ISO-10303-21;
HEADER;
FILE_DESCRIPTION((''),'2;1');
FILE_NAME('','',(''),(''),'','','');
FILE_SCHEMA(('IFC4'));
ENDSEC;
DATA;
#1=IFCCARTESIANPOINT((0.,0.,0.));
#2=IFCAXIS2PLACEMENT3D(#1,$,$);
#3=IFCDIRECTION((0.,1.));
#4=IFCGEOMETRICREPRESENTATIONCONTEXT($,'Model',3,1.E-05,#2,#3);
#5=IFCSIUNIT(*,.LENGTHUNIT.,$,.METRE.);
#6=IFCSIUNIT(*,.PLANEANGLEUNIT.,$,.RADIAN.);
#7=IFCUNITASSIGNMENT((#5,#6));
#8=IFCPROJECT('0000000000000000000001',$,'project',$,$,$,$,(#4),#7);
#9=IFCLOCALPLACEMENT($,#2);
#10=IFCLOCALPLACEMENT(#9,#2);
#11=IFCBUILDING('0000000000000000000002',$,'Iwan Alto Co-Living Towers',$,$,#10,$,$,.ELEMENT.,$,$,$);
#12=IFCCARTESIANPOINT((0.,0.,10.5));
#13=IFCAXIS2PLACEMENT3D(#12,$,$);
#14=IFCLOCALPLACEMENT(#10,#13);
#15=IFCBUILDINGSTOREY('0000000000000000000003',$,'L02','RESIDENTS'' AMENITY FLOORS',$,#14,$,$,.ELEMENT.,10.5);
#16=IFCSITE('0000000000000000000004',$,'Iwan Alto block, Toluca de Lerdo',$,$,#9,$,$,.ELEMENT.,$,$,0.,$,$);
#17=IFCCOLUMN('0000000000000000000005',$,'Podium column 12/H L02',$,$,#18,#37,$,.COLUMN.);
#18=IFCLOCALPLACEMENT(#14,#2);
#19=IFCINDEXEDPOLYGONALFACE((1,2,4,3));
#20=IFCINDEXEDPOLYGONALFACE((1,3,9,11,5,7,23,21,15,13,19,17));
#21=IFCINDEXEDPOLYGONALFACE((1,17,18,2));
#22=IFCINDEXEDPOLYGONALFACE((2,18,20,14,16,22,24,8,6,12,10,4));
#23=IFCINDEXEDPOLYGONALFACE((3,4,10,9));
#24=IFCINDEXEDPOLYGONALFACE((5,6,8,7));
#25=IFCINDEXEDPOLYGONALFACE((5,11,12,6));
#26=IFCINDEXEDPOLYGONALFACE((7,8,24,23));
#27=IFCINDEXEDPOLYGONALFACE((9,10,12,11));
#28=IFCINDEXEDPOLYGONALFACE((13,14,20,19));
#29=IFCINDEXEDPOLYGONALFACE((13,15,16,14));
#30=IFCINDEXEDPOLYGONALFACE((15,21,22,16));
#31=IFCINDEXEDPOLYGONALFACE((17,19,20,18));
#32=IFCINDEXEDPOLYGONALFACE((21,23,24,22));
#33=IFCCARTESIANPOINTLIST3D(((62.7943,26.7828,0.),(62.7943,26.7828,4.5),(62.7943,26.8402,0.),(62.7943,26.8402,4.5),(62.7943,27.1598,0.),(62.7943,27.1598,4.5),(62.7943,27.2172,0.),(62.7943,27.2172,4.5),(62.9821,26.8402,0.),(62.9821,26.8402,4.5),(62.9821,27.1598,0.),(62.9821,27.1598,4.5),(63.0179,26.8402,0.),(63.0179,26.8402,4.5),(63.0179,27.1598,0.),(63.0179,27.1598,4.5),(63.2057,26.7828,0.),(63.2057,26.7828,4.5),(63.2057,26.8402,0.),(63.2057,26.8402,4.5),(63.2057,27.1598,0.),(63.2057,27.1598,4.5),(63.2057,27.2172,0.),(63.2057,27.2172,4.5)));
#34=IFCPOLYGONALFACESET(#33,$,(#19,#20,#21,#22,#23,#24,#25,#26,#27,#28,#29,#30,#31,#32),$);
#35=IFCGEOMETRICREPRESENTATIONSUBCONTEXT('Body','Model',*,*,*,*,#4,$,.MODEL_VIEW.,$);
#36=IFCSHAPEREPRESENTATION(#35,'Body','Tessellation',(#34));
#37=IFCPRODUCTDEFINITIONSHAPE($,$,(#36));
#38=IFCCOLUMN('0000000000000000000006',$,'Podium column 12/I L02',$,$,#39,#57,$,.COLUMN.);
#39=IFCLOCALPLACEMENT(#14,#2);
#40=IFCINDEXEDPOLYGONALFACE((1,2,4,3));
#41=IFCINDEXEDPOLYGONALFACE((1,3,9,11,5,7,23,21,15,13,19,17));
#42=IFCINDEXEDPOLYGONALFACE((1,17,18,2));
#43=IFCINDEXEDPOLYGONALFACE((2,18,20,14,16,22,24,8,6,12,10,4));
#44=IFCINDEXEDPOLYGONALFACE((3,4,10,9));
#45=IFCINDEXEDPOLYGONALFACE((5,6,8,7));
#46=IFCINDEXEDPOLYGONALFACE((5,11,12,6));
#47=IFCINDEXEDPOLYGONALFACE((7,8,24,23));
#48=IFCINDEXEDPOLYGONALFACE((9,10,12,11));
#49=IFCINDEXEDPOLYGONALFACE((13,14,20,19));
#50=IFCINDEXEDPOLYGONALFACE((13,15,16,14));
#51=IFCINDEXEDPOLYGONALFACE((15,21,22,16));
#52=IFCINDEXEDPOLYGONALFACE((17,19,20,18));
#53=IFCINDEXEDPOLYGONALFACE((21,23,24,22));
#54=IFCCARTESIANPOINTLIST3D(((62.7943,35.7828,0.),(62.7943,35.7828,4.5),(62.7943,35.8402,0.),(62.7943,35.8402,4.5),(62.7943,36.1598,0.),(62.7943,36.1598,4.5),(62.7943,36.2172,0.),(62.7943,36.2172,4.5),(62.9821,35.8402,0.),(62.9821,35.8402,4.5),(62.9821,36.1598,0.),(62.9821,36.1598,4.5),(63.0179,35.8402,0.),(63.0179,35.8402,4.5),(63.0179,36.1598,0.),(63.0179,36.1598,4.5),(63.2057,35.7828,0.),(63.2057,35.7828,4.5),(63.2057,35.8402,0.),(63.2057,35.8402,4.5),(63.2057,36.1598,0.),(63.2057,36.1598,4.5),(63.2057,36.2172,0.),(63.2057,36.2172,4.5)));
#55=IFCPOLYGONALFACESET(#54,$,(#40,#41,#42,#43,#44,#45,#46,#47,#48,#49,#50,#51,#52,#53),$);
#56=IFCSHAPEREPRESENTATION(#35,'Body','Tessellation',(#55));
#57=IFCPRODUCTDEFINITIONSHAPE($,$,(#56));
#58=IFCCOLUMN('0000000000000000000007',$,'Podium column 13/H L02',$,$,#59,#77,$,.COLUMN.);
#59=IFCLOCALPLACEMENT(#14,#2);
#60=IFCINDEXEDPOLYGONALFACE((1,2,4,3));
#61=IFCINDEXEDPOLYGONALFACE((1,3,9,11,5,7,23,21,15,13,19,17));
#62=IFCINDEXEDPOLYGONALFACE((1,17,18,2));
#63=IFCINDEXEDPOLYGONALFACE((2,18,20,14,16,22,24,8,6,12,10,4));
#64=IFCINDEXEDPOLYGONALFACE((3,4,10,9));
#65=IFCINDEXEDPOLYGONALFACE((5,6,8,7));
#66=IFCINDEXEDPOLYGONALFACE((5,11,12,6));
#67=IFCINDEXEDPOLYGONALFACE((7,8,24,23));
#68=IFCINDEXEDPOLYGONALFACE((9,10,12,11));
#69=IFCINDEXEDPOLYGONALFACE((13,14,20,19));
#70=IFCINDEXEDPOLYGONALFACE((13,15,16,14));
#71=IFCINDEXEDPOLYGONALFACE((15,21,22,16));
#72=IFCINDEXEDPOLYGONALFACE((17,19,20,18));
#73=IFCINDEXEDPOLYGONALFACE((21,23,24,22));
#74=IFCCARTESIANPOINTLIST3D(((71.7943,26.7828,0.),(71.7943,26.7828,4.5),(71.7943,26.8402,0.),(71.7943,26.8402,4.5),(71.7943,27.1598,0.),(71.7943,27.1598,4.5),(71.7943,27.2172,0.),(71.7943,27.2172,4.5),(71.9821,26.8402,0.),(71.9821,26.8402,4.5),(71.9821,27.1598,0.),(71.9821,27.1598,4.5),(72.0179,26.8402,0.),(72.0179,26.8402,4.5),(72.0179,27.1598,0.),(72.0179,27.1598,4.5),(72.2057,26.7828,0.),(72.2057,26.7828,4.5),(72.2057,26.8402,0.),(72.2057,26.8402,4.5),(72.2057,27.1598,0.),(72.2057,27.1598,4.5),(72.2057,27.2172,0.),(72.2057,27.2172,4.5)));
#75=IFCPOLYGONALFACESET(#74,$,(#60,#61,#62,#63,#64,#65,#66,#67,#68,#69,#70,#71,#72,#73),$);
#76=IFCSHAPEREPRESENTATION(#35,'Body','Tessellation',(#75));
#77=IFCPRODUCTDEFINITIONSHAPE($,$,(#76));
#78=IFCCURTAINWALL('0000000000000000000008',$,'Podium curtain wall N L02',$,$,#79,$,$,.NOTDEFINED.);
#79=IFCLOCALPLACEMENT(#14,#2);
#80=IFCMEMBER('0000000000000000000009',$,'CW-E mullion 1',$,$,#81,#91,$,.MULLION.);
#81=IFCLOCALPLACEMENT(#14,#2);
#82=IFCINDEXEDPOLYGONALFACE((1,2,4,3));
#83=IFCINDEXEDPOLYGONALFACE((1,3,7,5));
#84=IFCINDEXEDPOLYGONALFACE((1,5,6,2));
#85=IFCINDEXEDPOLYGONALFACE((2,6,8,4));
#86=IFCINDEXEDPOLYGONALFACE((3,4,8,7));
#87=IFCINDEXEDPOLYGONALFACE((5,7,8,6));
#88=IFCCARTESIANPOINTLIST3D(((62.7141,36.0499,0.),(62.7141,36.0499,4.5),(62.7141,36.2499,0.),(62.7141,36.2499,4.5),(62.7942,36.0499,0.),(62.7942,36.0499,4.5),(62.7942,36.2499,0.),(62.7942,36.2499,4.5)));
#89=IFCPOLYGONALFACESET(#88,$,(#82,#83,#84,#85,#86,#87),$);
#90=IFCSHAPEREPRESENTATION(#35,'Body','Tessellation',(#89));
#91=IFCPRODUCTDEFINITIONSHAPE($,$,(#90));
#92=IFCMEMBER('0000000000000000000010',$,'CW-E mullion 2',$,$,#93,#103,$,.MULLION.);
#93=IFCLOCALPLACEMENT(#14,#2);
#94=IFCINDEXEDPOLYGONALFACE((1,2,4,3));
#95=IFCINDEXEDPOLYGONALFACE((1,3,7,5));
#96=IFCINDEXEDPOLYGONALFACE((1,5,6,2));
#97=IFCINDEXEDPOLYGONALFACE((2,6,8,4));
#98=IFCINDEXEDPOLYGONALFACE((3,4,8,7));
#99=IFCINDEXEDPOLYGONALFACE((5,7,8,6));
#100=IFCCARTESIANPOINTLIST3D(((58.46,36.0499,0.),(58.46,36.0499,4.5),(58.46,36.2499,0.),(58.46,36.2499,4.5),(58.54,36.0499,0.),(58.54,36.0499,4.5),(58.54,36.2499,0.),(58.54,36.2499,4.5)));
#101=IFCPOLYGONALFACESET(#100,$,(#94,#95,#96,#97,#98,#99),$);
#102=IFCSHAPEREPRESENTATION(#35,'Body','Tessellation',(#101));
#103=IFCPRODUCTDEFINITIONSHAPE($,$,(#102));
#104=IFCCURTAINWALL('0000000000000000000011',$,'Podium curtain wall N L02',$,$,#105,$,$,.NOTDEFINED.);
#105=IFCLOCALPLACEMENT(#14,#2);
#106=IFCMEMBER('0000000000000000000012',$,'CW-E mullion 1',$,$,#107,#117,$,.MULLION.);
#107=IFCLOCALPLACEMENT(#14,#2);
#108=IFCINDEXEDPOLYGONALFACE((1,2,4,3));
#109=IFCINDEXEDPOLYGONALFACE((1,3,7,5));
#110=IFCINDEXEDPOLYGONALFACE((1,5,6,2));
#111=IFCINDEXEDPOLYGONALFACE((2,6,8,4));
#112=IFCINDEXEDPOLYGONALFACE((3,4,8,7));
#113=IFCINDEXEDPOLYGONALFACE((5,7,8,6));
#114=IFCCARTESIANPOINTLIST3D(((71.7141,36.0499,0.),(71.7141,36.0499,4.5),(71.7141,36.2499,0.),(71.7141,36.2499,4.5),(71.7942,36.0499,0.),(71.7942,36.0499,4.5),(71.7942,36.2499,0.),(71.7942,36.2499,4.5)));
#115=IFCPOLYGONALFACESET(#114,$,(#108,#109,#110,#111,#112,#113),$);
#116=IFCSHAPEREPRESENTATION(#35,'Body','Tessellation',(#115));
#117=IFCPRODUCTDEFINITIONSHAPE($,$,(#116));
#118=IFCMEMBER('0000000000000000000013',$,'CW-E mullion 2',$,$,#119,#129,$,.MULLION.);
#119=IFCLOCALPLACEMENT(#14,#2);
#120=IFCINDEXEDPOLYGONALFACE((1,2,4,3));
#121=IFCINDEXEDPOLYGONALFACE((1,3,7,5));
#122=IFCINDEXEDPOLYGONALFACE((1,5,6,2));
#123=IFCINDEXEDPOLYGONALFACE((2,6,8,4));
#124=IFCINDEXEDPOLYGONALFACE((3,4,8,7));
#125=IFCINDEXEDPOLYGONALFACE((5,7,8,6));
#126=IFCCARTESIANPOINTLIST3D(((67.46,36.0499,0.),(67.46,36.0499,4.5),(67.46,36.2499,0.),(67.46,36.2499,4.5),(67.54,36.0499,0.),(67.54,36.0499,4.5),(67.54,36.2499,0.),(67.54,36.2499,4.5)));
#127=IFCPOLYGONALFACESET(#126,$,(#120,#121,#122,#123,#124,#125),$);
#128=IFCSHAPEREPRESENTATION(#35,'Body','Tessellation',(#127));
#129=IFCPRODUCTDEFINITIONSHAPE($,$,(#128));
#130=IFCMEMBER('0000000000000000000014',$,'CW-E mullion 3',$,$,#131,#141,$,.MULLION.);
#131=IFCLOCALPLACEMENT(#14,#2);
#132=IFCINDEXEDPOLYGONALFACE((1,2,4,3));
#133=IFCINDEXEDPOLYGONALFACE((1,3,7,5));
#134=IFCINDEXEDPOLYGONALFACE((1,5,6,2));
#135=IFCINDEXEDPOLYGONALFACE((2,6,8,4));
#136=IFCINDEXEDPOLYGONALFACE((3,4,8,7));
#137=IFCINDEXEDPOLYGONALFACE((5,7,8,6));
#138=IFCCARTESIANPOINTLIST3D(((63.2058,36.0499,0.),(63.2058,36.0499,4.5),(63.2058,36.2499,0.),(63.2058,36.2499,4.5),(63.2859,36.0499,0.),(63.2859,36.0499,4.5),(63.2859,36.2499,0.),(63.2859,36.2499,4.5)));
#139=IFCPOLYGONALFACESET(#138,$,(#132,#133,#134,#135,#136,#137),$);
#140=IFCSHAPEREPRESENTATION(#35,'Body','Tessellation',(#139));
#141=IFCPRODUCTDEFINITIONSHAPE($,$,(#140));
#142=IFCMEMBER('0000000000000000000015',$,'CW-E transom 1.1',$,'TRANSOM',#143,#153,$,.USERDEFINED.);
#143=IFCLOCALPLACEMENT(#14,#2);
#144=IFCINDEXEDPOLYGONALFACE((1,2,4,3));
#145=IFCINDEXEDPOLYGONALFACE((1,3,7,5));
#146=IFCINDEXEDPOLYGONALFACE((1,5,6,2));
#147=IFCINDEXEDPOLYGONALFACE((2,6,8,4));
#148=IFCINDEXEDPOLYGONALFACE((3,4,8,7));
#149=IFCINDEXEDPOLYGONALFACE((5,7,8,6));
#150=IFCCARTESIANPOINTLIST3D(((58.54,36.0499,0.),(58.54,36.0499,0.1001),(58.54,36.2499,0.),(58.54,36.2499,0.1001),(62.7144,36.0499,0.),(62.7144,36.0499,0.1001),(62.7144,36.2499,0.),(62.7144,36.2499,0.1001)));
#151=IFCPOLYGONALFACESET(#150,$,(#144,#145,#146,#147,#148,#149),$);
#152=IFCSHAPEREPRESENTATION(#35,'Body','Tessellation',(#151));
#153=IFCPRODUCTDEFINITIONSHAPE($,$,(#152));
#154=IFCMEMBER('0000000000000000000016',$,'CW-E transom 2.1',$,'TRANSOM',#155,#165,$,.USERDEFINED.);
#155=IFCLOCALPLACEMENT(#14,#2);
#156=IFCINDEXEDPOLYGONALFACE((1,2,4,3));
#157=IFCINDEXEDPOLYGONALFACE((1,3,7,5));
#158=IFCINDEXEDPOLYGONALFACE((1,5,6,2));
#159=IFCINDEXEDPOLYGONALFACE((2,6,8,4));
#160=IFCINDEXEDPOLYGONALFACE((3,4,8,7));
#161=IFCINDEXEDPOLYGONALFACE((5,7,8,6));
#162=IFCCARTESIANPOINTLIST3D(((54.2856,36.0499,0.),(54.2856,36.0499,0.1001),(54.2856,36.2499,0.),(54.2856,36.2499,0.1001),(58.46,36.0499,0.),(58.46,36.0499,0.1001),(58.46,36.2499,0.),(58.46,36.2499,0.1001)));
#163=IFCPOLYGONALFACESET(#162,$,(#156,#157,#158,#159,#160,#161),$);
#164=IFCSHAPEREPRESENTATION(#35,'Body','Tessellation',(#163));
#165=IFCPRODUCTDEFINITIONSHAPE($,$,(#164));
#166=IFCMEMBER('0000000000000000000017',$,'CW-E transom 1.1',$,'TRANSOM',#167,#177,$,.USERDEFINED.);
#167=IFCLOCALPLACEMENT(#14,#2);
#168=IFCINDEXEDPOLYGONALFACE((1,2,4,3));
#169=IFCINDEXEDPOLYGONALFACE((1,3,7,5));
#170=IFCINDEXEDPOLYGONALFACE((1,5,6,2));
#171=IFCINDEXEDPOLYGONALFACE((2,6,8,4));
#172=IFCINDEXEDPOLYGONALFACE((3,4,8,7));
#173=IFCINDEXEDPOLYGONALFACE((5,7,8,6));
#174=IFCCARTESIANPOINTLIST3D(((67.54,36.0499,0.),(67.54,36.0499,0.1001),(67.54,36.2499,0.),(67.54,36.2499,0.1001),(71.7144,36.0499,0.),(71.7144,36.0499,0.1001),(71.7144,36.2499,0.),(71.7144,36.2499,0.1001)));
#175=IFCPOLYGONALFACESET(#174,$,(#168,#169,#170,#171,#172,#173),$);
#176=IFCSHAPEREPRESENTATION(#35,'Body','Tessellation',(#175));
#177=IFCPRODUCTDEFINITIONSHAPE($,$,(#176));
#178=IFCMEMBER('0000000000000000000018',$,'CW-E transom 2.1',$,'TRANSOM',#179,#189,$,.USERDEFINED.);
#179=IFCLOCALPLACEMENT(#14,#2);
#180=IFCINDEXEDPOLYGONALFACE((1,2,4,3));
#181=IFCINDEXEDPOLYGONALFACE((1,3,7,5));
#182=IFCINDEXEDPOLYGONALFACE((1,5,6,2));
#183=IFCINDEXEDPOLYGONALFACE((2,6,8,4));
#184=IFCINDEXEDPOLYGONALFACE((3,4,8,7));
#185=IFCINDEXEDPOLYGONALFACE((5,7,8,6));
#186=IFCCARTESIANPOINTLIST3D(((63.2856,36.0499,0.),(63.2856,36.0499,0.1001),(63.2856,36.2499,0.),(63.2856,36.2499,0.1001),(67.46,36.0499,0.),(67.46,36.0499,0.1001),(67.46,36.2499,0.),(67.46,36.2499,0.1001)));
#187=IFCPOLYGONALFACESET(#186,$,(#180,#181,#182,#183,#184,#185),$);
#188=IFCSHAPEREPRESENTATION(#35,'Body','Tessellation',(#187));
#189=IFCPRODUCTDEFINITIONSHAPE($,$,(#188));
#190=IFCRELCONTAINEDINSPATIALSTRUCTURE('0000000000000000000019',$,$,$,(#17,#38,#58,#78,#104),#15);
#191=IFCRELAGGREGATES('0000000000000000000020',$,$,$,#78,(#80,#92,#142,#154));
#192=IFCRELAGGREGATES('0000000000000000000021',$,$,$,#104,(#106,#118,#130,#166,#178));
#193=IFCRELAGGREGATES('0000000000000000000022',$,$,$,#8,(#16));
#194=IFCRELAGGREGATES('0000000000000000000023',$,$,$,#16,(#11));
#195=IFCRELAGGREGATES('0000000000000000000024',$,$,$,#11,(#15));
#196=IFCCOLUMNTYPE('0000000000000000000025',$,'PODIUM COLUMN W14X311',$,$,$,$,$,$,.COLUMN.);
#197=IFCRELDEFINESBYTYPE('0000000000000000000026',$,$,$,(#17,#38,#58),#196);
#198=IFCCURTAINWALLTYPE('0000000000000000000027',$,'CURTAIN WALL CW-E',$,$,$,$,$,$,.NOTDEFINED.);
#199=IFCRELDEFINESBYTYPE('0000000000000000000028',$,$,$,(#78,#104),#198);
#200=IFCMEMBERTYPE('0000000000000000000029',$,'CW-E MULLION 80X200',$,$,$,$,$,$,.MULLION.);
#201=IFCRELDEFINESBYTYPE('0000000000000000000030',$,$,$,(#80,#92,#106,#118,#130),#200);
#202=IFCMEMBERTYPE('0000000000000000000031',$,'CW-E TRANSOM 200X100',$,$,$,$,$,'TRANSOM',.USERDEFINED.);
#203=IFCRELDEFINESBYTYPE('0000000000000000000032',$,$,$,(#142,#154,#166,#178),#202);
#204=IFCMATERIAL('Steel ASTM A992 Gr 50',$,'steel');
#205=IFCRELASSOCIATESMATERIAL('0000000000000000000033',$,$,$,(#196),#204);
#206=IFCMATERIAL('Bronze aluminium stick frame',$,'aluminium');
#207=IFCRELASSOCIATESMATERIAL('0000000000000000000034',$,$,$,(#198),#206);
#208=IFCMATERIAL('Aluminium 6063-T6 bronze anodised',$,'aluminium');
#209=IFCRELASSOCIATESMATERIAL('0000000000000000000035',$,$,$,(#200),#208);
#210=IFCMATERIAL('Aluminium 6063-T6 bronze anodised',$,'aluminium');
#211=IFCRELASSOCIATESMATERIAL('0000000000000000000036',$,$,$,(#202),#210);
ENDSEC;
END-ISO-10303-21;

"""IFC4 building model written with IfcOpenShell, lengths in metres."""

from ifc_helpers import new_model, si_unit, direction, frame, origin, origin_2d, place, context, subcontext, project, spatial, rectangle, i_section, extrude, material, material_profile, profile_set, type_object, element, aggregate, save


model = new_model("IFC4")

# Units and contexts
model_context = context("Model", 3, precision=1e-05, world=origin(), true_north=direction((0.0, 1.0)))
body_context = subcontext(model_context, "Body", "Model", "MODEL_VIEW")
ifc_project = project(units=[si_unit("LENGTHUNIT", "METRE"), si_unit("PLANEANGLEUNIT", "RADIAN")], contexts=[model_context])

# Site, building, storey
site_placement = place(None, origin())
site = spatial("IfcSite", under=ifc_project, at=site_placement, Name="Iwan Alto block, Toluca de Lerdo", CompositionType="ELEMENT", RefElevation=0.0)
building_placement = place(site_placement, origin())
building = spatial("IfcBuilding", under=site, at=building_placement, Name="Iwan Alto Co-Living Towers", CompositionType="ELEMENT")
storey_placement = place(building_placement, frame((0.0, 0.0, 10.5)))
storey = spatial("IfcBuildingStorey", under=building, at=storey_placement, Name="L02", Description="RESIDENTS' AMENITY FLOORS", CompositionType="ELEMENT", Elevation=10.5)

# Columns
ifc_material_1 = material(Name="Steel ASTM A992 Gr 50", Category="steel")
ifc_material_profile_1 = material_profile(ifc_material_1, i_section(OverallWidth=0.4114, OverallDepth=0.4343, WebThickness=0.0359, FlangeThickness=0.0574, at=origin_2d()), Name="W14X311")
ifc_profile_set_1 = profile_set([ifc_material_profile_1], Name="Steel ASTM A992 Gr 50")
column_type = type_object("IfcColumnType", Name="PODIUM COLUMN W14X311", PredefinedType="COLUMN", material=ifc_profile_set_1)
for number, where, z_axis, x_axis, name in (
    (1, (63.0, 27.0, 0.0), (0.0, 0.0, 1.0), (1.0, 0.0, 0.0), "Podium column 12/H L02"),
    (2, (63.0, 36.0, 0.0), (0.0, 0.0, 1.0), (1.0, 0.0, 0.0), "Podium column 12/I L02"),
    (3, (72.0, 27.0, 0.0), (0.0, 0.0, 1.0), (1.0, 0.0, 0.0), "Podium column 13/H L02"),
):
    element("IfcColumn", number, at=place(storey_placement, frame(where, z_axis=z_axis, x_axis=x_axis)), inside=storey, type_object=column_type, Name=name, PredefinedType="COLUMN", context=body_context, shape_type="SweptSolid", body=[
        extrude(i_section(OverallWidth=0.4114, OverallDepth=0.4343, WebThickness=0.0359, FlangeThickness=0.0574, at=origin_2d()), origin(), (0.0, 0.0, 1.0), 4.5),
    ])

# Curtain walls, members
ifc_material_2 = material(Name="Bronze aluminium stick frame", Category="aluminium")
curtain_wall_type = type_object("IfcCurtainWallType", Name="CURTAIN WALL CW-E", PredefinedType="NOTDEFINED", material=ifc_material_2)
curtain_wall_1_placement = place(storey_placement, origin())
curtain_wall_1 = element("IfcCurtainWall", 4, at=curtain_wall_1_placement, inside=storey, type_object=curtain_wall_type, Name="Podium curtain wall N L02", PredefinedType="NOTDEFINED")
ifc_material_3 = material(Name="Aluminium 6063-T6 bronze anodised", Category="aluminium")
ifc_material_profile_2 = material_profile(ifc_material_3, rectangle(XDim=0.2, YDim=0.0801, at=origin_2d()), Name="AL 80X200")
ifc_profile_set_2 = profile_set([ifc_material_profile_2], Name="Aluminium 6063-T6 bronze anodised")
member_type_1 = type_object("IfcMemberType", Name="CW-E MULLION 80X200", PredefinedType="MULLION", material=ifc_profile_set_2)
member_1_placement = place(storey_placement, frame((62.7542, 36.1499, 0.0), z_axis=(0.0, 0.0, 1.0), x_axis=(0.0, -1.0, 0.0)))
member_1 = element("IfcMember", 5, at=member_1_placement, type_object=member_type_1, Name="CW-E mullion 1", PredefinedType="MULLION", context=body_context, shape_type="SweptSolid", body=[
    extrude(rectangle(XDim=0.2, YDim=0.0801, at=origin_2d()), origin(), (0.0, 0.0, 1.0), 4.5),
])
member_2_placement = place(storey_placement, frame((58.5, 36.1499, 0.0), z_axis=(0.0, 0.0, 1.0), x_axis=(0.0, -1.0, 0.0)))
member_2 = element("IfcMember", 6, at=member_2_placement, type_object=member_type_1, Name="CW-E mullion 2", PredefinedType="MULLION", context=body_context, shape_type="SweptSolid", body=[
    extrude(rectangle(XDim=0.2, YDim=0.0801, at=origin_2d()), origin(), (0.0, 0.0, 1.0), 4.5),
])
curtain_wall_2_placement = place(storey_placement, origin())
curtain_wall_2 = element("IfcCurtainWall", 7, at=curtain_wall_2_placement, inside=storey, type_object=curtain_wall_type, Name="Podium curtain wall N L02", PredefinedType="NOTDEFINED")
member_3_placement = place(storey_placement, frame((71.7542, 36.1499, 0.0), z_axis=(0.0, 0.0, 1.0), x_axis=(0.0, -1.0, 0.0)))
member_3 = element("IfcMember", 8, at=member_3_placement, type_object=member_type_1, Name="CW-E mullion 1", PredefinedType="MULLION", context=body_context, shape_type="SweptSolid", body=[
    extrude(rectangle(XDim=0.2, YDim=0.0801, at=origin_2d()), origin(), (0.0, 0.0, 1.0), 4.5),
])
member_4_placement = place(storey_placement, frame((67.5, 36.1499, 0.0), z_axis=(0.0, 0.0, 1.0), x_axis=(0.0, -1.0, 0.0)))
member_4 = element("IfcMember", 9, at=member_4_placement, type_object=member_type_1, Name="CW-E mullion 2", PredefinedType="MULLION", context=body_context, shape_type="SweptSolid", body=[
    extrude(rectangle(XDim=0.2, YDim=0.0801, at=origin_2d()), origin(), (0.0, 0.0, 1.0), 4.5),
])
member_5_placement = place(storey_placement, frame((63.2458, 36.1499, 0.0), z_axis=(0.0, 0.0, 1.0), x_axis=(0.0, -1.0, 0.0)))
member_5 = element("IfcMember", 10, at=member_5_placement, type_object=member_type_1, Name="CW-E mullion 3", PredefinedType="MULLION", context=body_context, shape_type="SweptSolid", body=[
    extrude(rectangle(XDim=0.2, YDim=0.0801, at=origin_2d()), origin(), (0.0, 0.0, 1.0), 4.5),
])

# Members
ifc_material_4 = material(Name="Aluminium 6063-T6 bronze anodised", Category="aluminium")
ifc_material_profile_3 = material_profile(ifc_material_4, rectangle(XDim=0.2, YDim=0.1001, at=origin_2d()), Name="AL 200X100")
ifc_profile_set_3 = profile_set([ifc_material_profile_3], Name="Aluminium 6063-T6 bronze anodised")
member_type_2 = type_object("IfcMemberType", Name="CW-E TRANSOM 200X100", ElementType="TRANSOM", PredefinedType="USERDEFINED", material=ifc_profile_set_3)
member_6_placement = place(storey_placement, frame((62.7144, 36.1499, 0.05), z_axis=(-1.0, 0.0, 0.0), x_axis=(0.0, -1.0, 0.0)))
member_6 = element("IfcMember", 11, at=member_6_placement, type_object=member_type_2, Name="CW-E transom 1.1", ObjectType="TRANSOM", PredefinedType="USERDEFINED", context=body_context, shape_type="SweptSolid", body=[
    extrude(rectangle(XDim=0.2, YDim=0.1001, at=origin_2d()), origin(), (0.0, 0.0, 1.0), 4.1743),
])
member_7_placement = place(storey_placement, frame((58.46, 36.1499, 0.05), z_axis=(-1.0, 0.0, 0.0), x_axis=(0.0, -1.0, 0.0)))
member_7 = element("IfcMember", 12, at=member_7_placement, type_object=member_type_2, Name="CW-E transom 2.1", ObjectType="TRANSOM", PredefinedType="USERDEFINED", context=body_context, shape_type="SweptSolid", body=[
    extrude(rectangle(XDim=0.2, YDim=0.1001, at=origin_2d()), origin(), (0.0, 0.0, 1.0), 4.1743),
])
member_8_placement = place(storey_placement, frame((71.7144, 36.1499, 0.05), z_axis=(-1.0, 0.0, 0.0), x_axis=(0.0, -1.0, 0.0)))
member_8 = element("IfcMember", 13, at=member_8_placement, type_object=member_type_2, Name="CW-E transom 1.1", ObjectType="TRANSOM", PredefinedType="USERDEFINED", context=body_context, shape_type="SweptSolid", body=[
    extrude(rectangle(XDim=0.2, YDim=0.1001, at=origin_2d()), origin(), (0.0, 0.0, 1.0), 4.1743),
])
member_9_placement = place(storey_placement, frame((67.46, 36.1499, 0.05), z_axis=(-1.0, 0.0, 0.0), x_axis=(0.0, -1.0, 0.0)))
member_9 = element("IfcMember", 14, at=member_9_placement, type_object=member_type_2, Name="CW-E transom 2.1", ObjectType="TRANSOM", PredefinedType="USERDEFINED", context=body_context, shape_type="SweptSolid", body=[
    extrude(rectangle(XDim=0.2, YDim=0.1001, at=origin_2d()), origin(), (0.0, 0.0, 1.0), 4.1743),
])

aggregate(curtain_wall_1, [member_1, member_2, member_6, member_7])
aggregate(curtain_wall_2, [member_3, member_4, member_5, member_8, member_9])

save(model, "model.ifc")
